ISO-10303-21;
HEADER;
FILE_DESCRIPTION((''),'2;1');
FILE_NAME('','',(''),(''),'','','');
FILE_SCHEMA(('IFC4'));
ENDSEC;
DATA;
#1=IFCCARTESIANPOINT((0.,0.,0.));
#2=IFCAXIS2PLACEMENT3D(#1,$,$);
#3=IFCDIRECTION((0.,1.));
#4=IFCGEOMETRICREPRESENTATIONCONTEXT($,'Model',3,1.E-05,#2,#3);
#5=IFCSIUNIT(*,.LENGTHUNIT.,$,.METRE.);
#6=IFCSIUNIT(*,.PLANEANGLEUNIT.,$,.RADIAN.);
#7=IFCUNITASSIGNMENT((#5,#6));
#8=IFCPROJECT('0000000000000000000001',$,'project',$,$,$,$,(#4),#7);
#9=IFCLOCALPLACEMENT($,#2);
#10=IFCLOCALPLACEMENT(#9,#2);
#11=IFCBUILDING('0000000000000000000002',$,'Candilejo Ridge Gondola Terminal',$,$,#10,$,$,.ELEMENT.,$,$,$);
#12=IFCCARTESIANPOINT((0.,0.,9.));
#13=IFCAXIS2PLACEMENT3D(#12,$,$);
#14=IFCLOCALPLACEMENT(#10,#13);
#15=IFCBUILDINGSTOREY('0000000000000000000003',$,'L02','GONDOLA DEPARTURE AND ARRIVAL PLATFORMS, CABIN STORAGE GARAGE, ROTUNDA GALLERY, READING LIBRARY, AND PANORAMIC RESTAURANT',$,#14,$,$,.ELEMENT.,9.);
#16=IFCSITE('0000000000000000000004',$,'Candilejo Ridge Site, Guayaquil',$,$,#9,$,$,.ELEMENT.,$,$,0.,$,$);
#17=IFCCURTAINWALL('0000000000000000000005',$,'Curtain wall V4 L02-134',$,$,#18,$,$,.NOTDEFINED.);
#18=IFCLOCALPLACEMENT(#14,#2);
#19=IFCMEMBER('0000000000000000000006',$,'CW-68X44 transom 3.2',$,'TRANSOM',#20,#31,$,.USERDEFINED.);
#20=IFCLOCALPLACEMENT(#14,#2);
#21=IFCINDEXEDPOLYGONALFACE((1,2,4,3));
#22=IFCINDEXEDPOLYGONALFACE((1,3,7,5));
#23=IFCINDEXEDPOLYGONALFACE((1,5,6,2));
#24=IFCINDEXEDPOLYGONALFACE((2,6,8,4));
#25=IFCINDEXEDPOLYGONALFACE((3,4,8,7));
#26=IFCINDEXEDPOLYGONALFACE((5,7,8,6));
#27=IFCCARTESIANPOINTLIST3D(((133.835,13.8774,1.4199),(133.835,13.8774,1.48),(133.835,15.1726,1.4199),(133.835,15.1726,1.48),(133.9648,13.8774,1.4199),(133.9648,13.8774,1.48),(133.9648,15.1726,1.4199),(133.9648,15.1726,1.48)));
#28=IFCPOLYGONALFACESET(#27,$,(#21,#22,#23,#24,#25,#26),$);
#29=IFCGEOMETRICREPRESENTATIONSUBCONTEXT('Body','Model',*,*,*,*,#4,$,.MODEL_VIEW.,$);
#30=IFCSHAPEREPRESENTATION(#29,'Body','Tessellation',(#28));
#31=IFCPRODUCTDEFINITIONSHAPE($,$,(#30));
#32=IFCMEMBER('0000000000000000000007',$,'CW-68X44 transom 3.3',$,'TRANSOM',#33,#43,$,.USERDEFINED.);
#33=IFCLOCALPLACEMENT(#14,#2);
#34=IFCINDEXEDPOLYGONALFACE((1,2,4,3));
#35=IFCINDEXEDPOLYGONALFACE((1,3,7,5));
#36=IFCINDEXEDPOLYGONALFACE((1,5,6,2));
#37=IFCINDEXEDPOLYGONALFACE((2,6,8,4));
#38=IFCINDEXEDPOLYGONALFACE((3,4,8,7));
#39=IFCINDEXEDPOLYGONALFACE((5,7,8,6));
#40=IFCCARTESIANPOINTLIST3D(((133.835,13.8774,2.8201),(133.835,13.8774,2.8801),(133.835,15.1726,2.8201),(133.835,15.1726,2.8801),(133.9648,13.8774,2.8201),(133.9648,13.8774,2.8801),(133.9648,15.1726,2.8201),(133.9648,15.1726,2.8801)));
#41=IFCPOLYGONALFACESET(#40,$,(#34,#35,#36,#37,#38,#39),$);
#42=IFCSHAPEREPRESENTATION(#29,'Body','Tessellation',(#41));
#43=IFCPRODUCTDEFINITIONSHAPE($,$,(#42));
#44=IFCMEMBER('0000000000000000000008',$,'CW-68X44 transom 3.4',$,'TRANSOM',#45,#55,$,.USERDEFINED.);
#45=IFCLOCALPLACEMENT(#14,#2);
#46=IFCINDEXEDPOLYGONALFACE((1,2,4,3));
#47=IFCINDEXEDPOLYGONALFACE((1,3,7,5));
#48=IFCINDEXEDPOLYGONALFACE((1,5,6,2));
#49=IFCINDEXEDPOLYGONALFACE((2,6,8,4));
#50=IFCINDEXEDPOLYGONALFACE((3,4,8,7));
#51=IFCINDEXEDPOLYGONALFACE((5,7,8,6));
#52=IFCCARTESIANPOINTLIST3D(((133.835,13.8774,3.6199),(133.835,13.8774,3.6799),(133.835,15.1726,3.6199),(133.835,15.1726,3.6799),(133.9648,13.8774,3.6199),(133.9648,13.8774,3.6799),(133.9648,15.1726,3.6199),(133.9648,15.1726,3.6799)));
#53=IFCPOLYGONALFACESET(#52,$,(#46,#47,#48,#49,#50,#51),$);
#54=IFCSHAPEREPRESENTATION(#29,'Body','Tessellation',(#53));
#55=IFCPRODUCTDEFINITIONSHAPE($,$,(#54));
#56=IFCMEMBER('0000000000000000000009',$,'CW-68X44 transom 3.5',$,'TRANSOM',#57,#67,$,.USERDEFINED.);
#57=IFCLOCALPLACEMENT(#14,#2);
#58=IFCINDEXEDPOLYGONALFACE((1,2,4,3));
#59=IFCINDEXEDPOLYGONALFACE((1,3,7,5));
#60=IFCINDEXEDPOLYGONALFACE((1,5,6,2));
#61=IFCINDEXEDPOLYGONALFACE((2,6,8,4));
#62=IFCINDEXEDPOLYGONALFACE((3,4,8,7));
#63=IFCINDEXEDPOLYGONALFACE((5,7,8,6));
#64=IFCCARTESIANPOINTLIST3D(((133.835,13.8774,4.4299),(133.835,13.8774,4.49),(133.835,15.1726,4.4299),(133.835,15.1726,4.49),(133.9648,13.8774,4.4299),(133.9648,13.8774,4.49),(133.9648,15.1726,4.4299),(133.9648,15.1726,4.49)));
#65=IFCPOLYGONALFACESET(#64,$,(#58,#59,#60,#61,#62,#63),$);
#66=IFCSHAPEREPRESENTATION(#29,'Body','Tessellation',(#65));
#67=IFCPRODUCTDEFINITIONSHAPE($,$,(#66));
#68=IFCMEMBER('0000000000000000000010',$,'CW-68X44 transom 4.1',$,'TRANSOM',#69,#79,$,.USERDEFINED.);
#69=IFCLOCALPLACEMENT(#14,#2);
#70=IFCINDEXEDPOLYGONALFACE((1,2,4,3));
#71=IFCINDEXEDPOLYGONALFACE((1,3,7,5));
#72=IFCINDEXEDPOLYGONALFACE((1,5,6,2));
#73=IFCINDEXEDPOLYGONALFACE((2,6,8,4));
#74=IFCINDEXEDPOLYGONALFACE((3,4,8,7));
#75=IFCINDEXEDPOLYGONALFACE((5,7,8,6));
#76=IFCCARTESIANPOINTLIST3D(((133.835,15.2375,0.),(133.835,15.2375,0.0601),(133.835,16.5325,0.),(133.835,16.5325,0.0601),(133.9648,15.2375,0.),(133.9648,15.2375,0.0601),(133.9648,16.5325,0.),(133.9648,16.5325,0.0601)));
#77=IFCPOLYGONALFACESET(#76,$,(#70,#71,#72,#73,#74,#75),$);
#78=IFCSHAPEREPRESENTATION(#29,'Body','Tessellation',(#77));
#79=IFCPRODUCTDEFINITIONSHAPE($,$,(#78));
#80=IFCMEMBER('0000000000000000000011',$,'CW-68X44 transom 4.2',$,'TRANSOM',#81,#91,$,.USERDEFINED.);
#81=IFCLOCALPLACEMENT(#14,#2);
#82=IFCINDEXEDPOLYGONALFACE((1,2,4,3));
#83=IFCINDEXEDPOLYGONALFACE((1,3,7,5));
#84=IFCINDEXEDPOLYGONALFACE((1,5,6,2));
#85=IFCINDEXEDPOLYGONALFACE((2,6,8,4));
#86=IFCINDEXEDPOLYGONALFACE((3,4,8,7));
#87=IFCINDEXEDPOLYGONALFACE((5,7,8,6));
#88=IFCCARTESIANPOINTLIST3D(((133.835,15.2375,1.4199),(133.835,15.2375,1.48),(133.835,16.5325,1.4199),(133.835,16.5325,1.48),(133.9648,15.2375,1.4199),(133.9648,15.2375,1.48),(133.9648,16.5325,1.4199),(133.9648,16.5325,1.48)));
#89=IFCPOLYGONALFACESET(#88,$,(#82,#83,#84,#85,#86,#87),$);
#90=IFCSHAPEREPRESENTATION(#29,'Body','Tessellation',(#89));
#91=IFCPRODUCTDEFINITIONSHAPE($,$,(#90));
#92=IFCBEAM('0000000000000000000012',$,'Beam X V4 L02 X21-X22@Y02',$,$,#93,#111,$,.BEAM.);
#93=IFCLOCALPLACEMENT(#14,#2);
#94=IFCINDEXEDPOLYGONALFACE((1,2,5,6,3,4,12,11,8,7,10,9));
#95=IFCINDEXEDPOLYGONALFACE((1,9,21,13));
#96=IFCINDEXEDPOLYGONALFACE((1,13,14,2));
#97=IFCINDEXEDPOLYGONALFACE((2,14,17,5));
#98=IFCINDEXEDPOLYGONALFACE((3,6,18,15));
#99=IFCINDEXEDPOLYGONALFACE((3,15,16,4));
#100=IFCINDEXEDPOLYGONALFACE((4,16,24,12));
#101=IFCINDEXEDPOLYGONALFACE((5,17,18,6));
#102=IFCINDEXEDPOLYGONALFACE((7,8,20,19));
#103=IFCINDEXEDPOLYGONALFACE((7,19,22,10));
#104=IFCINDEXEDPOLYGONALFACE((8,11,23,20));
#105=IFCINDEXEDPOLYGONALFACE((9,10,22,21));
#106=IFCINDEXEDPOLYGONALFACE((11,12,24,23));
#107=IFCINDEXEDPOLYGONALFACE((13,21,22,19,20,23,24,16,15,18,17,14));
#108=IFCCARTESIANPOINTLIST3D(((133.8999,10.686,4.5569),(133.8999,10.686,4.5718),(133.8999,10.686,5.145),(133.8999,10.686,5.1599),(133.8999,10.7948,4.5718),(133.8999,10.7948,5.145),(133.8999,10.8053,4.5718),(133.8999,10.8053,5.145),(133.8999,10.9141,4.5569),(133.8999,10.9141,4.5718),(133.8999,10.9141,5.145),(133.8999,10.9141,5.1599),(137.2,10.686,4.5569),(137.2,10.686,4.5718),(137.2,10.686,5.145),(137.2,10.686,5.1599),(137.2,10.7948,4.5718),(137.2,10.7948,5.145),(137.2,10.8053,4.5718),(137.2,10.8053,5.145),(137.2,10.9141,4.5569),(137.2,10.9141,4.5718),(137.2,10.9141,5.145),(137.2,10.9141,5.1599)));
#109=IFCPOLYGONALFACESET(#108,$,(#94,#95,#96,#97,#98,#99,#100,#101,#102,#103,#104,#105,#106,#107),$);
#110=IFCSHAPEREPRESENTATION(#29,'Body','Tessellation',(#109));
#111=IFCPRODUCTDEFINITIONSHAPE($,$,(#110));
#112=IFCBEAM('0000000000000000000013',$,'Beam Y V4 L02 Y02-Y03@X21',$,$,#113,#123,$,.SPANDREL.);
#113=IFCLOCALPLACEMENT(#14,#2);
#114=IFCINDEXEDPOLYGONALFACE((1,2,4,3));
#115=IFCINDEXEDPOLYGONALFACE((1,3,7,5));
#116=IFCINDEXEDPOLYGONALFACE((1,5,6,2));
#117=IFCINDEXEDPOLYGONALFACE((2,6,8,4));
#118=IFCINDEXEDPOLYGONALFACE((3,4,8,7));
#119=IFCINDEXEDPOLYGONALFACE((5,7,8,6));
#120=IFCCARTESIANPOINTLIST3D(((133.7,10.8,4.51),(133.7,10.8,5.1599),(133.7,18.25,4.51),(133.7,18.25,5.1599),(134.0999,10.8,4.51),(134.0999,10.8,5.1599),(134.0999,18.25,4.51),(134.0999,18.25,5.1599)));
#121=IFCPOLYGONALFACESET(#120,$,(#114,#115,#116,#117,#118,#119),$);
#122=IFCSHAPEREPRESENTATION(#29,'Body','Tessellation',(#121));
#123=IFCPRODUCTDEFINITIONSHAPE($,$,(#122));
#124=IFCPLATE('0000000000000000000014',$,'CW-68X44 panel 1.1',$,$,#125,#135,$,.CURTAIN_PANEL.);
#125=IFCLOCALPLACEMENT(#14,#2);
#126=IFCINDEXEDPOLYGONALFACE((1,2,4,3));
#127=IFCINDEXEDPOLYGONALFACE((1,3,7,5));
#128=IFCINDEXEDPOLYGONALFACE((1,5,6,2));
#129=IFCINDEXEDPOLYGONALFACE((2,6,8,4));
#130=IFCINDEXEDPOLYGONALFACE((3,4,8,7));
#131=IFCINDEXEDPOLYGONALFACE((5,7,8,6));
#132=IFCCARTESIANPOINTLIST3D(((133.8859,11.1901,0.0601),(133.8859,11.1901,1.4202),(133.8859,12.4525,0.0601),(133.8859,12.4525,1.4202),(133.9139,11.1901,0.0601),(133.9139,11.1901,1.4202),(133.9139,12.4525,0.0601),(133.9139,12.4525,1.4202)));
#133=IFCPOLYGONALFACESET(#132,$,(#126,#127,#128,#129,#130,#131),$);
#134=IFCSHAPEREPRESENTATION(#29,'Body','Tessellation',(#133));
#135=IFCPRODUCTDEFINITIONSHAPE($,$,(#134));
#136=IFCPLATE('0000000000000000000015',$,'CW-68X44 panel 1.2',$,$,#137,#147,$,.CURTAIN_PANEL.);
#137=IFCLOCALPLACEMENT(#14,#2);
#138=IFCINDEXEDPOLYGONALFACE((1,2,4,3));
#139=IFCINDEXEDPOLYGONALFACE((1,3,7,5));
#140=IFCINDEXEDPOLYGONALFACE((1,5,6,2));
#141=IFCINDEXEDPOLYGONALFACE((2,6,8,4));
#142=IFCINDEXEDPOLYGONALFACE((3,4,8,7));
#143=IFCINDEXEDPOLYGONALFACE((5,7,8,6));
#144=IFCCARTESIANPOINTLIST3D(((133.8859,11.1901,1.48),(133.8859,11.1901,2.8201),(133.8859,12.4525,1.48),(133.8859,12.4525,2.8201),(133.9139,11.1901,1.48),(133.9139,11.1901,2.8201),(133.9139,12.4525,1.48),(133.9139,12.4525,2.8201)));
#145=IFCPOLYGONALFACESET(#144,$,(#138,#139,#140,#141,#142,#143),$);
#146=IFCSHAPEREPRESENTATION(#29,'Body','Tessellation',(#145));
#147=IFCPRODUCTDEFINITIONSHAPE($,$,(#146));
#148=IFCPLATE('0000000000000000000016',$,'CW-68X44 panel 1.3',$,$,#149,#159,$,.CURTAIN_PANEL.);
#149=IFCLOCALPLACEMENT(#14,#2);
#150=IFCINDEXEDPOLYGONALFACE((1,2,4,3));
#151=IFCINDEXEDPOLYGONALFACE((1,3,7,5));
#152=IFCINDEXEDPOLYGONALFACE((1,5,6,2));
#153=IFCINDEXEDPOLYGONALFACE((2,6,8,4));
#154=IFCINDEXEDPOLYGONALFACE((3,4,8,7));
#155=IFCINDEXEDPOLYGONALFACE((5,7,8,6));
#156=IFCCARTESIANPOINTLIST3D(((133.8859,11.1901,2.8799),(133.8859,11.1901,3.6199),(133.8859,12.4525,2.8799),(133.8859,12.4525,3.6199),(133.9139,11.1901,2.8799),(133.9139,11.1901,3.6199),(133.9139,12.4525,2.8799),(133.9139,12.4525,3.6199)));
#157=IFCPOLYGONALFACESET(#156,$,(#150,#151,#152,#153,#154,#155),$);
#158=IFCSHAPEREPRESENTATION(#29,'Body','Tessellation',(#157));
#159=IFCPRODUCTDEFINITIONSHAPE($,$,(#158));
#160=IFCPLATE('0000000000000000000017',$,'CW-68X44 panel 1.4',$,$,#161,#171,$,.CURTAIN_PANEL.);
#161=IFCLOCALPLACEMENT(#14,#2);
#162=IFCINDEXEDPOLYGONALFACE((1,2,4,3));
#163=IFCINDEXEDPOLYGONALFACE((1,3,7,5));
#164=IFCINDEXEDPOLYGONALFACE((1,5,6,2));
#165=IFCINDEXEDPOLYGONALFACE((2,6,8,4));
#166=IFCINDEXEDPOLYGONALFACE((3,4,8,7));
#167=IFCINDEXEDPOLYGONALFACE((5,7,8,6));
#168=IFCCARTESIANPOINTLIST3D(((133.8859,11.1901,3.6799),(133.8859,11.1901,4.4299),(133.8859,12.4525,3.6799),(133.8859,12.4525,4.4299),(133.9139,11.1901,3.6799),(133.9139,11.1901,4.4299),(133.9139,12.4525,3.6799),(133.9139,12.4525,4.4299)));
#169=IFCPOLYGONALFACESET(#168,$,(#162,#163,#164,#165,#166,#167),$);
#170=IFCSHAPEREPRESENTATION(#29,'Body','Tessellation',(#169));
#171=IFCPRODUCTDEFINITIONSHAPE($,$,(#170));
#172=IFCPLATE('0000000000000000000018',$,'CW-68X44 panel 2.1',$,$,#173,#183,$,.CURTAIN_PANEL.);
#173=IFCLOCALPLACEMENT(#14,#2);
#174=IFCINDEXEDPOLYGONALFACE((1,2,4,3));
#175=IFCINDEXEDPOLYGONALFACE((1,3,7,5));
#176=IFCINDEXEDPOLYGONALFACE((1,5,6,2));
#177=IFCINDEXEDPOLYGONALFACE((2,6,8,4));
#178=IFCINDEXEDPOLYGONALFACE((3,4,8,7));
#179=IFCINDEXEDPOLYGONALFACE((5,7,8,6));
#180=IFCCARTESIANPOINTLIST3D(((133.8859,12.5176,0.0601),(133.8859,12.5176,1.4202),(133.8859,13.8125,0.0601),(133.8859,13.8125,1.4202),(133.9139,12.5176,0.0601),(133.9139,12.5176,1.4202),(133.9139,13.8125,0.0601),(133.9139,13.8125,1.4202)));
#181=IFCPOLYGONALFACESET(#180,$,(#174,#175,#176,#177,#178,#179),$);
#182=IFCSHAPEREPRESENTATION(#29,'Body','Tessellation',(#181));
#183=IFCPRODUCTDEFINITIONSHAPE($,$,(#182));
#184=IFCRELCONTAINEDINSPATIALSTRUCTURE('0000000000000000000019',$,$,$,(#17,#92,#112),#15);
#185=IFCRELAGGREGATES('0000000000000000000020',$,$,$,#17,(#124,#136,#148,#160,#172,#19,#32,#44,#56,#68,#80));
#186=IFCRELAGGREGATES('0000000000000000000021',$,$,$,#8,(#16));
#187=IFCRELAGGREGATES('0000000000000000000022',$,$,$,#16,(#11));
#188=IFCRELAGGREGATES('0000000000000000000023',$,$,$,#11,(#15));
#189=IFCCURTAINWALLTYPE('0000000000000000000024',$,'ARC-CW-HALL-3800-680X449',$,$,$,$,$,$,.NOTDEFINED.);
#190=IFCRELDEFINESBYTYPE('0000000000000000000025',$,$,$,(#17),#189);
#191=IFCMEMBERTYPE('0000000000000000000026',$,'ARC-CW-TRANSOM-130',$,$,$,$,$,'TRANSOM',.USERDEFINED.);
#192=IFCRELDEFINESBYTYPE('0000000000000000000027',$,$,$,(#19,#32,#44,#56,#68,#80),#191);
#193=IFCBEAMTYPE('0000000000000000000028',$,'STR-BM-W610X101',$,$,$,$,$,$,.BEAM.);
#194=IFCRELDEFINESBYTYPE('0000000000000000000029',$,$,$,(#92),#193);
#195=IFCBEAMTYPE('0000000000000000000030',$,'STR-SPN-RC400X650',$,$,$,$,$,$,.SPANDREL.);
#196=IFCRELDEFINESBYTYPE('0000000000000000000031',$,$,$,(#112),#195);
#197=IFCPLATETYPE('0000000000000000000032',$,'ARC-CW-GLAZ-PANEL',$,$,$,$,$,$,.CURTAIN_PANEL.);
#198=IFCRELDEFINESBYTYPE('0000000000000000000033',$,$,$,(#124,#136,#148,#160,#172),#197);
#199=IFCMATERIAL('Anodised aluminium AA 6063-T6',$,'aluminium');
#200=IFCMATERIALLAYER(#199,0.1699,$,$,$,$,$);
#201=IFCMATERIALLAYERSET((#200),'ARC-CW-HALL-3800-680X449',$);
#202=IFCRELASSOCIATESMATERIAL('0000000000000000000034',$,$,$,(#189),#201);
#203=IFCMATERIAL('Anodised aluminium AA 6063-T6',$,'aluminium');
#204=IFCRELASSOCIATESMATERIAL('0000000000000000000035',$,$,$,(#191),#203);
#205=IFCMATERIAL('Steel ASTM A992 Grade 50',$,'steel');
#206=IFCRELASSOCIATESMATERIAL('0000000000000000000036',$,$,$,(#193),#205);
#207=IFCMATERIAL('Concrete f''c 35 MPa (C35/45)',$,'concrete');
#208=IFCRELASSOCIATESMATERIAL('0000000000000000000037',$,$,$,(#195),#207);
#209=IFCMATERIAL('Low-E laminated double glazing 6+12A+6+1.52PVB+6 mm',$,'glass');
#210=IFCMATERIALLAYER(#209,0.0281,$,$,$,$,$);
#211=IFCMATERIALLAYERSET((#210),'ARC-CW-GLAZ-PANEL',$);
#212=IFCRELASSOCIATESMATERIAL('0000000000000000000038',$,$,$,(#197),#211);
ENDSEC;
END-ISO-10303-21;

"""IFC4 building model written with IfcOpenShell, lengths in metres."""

from ifc_helpers import new_model, si_unit, direction, frame, origin, origin_2d, place, context, subcontext, project, spatial, rectangle, i_section, extrude, material, layer, layer_set, material_profile, profile_set, type_object, element, aggregate, save


model = new_model("IFC4")

# Units and contexts
model_context = context("Model", 3, precision=1e-05, world=origin(), true_north=direction((0.0, 1.0)))
body_context = subcontext(model_context, "Body", "Model", "MODEL_VIEW")
ifc_project = project(units=[si_unit("LENGTHUNIT", "METRE"), si_unit("PLANEANGLEUNIT", "RADIAN")], contexts=[model_context])

# Site, building, storey
site_placement = place(None, origin())
site = spatial("IfcSite", under=ifc_project, at=site_placement, Name="Candilejo Ridge Site, Guayaquil", CompositionType="ELEMENT", RefElevation=0.0)
building_placement = place(site_placement, origin())
building = spatial("IfcBuilding", under=site, at=building_placement, Name="Candilejo Ridge Gondola Terminal", CompositionType="ELEMENT")
storey_placement = place(building_placement, frame((0.0, 0.0, 9.0)))
storey = spatial("IfcBuildingStorey", under=building, at=storey_placement, Name="L02", Description="GONDOLA DEPARTURE AND ARRIVAL PLATFORMS, CABIN STORAGE GARAGE, ROTUNDA GALLERY, READING LIBRARY, AND PANORAMIC RESTAURANT", CompositionType="ELEMENT", Elevation=9.0)

# Curtain wall, members
ifc_material_1 = material(Name="Anodised aluminium AA 6063-T6", Category="aluminium")
ifc_layer_1 = layer(ifc_material_1, 0.1699)
ifc_layer_set_1 = layer_set([ifc_layer_1], Name="ARC-CW-HALL-3800-680X449")
curtain_wall_type = type_object("IfcCurtainWallType", Name="ARC-CW-HALL-3800-680X449", PredefinedType="NOTDEFINED", material=ifc_layer_set_1)
curtain_wall_placement = place(storey_placement, origin())
curtain_wall = element("IfcCurtainWall", 1, at=curtain_wall_placement, inside=storey, type_object=curtain_wall_type, Name="Curtain wall V4 L02-134", PredefinedType="NOTDEFINED")
ifc_material_2 = material(Name="Anodised aluminium AA 6063-T6", Category="aluminium")
ifc_material_profile_1 = material_profile(ifc_material_2, rectangle(XDim=0.1299, YDim=0.0601, at=origin_2d()))
ifc_profile_set_1 = profile_set([ifc_material_profile_1], Name="Anodised aluminium AA 6063-T6")
member_type_1 = type_object("IfcMemberType", Name="ARC-CW-TRANSOM-130", ElementType="TRANSOM", PredefinedType="USERDEFINED", material=ifc_profile_set_1)
member_1_placement = place(storey_placement, frame((133.8999, 13.8774, 1.45), z_axis=(0.0, 1.0, 0.0), x_axis=(-1.0, 0.0, 0.0)))
member_1 = element("IfcMember", 2, at=member_1_placement, type_object=member_type_1, Name="CW-68X44 transom 3.2", ObjectType="TRANSOM", PredefinedType="USERDEFINED", context=body_context, shape_type="SweptSolid", body=[
    extrude(rectangle(XDim=0.1299, YDim=0.0601, at=origin_2d()), origin(), (0.0, 0.0, 1.0), 1.2952),
])
member_2_placement = place(storey_placement, frame((133.8999, 13.8774, 2.8501), z_axis=(0.0, 1.0, 0.0), x_axis=(-1.0, 0.0, 0.0)))
member_2 = element("IfcMember", 3, at=member_2_placement, type_object=member_type_1, Name="CW-68X44 transom 3.3", ObjectType="TRANSOM", PredefinedType="USERDEFINED", context=body_context, shape_type="SweptSolid", body=[
    extrude(rectangle(XDim=0.1299, YDim=0.0601, at=origin_2d()), origin(), (0.0, 0.0, 1.0), 1.2952),
])
member_3_placement = place(storey_placement, frame((133.8999, 13.8774, 3.6499), z_axis=(0.0, 1.0, 0.0), x_axis=(-1.0, 0.0, 0.0)))
member_3 = element("IfcMember", 4, at=member_3_placement, type_object=member_type_1, Name="CW-68X44 transom 3.4", ObjectType="TRANSOM", PredefinedType="USERDEFINED", context=body_context, shape_type="SweptSolid", body=[
    extrude(rectangle(XDim=0.1299, YDim=0.0601, at=origin_2d()), origin(), (0.0, 0.0, 1.0), 1.2952),
])
member_4_placement = place(storey_placement, frame((133.8999, 13.8774, 4.46), z_axis=(0.0, 1.0, 0.0), x_axis=(-1.0, 0.0, 0.0)))
member_4 = element("IfcMember", 5, at=member_4_placement, type_object=member_type_1, Name="CW-68X44 transom 3.5", ObjectType="TRANSOM", PredefinedType="USERDEFINED", context=body_context, shape_type="SweptSolid", body=[
    extrude(rectangle(XDim=0.1299, YDim=0.0601, at=origin_2d()), origin(), (0.0, 0.0, 1.0), 1.2952),
])
member_5_placement = place(storey_placement, frame((133.8999, 15.2375, 0.03), z_axis=(0.0, 1.0, 0.0), x_axis=(-1.0, 0.0, 0.0)))
member_5 = element("IfcMember", 6, at=member_5_placement, type_object=member_type_1, Name="CW-68X44 transom 4.1", ObjectType="TRANSOM", PredefinedType="USERDEFINED", context=body_context, shape_type="SweptSolid", body=[
    extrude(rectangle(XDim=0.1299, YDim=0.0601, at=origin_2d()), origin(), (0.0, 0.0, 1.0), 1.2949),
])
member_6_placement = place(storey_placement, frame((133.8999, 15.2375, 1.45), z_axis=(0.0, 1.0, 0.0), x_axis=(-1.0, 0.0, 0.0)))
member_6 = element("IfcMember", 7, at=member_6_placement, type_object=member_type_1, Name="CW-68X44 transom 4.2", ObjectType="TRANSOM", PredefinedType="USERDEFINED", context=body_context, shape_type="SweptSolid", body=[
    extrude(rectangle(XDim=0.1299, YDim=0.0601, at=origin_2d()), origin(), (0.0, 0.0, 1.0), 1.2949),
])

# Beams
ifc_material_3 = material(Name="Steel ASTM A992 Grade 50", Category="steel")
ifc_material_profile_2 = material_profile(ifc_material_3, i_section(OverallWidth=0.228, OverallDepth=0.603, WebThickness=0.0105, FlangeThickness=0.0149, at=origin_2d()))
ifc_profile_set_2 = profile_set([ifc_material_profile_2], Name="Steel ASTM A992 Grade 50")
beam_type_1 = type_object("IfcBeamType", Name="STR-BM-W610X101", PredefinedType="BEAM", material=ifc_profile_set_2)
beam_1_placement = place(storey_placement, frame((133.8999, 10.8, 4.8584), z_axis=(1.0, 0.0, 0.0), x_axis=(0.0, 1.0, 0.0)))
element("IfcBeam", 8, at=beam_1_placement, inside=storey, type_object=beam_type_1, Name="Beam X V4 L02 X21-X22@Y02", PredefinedType="BEAM", context=body_context, shape_type="SweptSolid", body=[
    extrude(i_section(OverallWidth=0.228, OverallDepth=0.603, WebThickness=0.0105, FlangeThickness=0.0149, at=origin_2d()), origin(), (0.0, 0.0, 1.0), 3.3),
])
ifc_material_4 = material(Name="Concrete f'c 35 MPa (C35/45)", Category="concrete")
ifc_material_profile_3 = material_profile(ifc_material_4, rectangle(XDim=0.3999, YDim=0.6499, at=origin_2d()))
ifc_profile_set_3 = profile_set([ifc_material_profile_3], Name="Concrete f'c 35 MPa (C35/45)")
beam_type_2 = type_object("IfcBeamType", Name="STR-SPN-RC400X650", PredefinedType="SPANDREL", material=ifc_profile_set_3)
beam_2_placement = place(storey_placement, frame((133.8999, 10.8, 4.835), z_axis=(0.0, 1.0, 0.0), x_axis=(-1.0, 0.0, 0.0)))
element("IfcBeam", 9, at=beam_2_placement, inside=storey, type_object=beam_type_2, Name="Beam Y V4 L02 Y02-Y03@X21", PredefinedType="SPANDREL", context=body_context, shape_type="SweptSolid", body=[
    extrude(rectangle(XDim=0.3999, YDim=0.6499, at=origin_2d()), origin(), (0.0, 0.0, 1.0), 7.45),
])

# Plates
ifc_material_5 = material(Name="Low-E laminated double glazing 6+12A+6+1.52PVB+6 mm", Category="glass")
ifc_layer_2 = layer(ifc_material_5, 0.0281)
ifc_layer_set_2 = layer_set([ifc_layer_2], Name="ARC-CW-GLAZ-PANEL")
plate_type = type_object("IfcPlateType", Name="ARC-CW-GLAZ-PANEL", PredefinedType="CURTAIN_PANEL", material=ifc_layer_set_2)
plate_1_placement = place(storey_placement, frame((133.8999, 11.8213, 0.0601), z_axis=(0.0, 0.0, 1.0), x_axis=(0.0, 1.0, 0.0)))
plate_1 = element("IfcPlate", 10, at=plate_1_placement, type_object=plate_type, Name="CW-68X44 panel 1.1", PredefinedType="CURTAIN_PANEL", context=body_context, shape_type="SweptSolid", body=[
    extrude(rectangle(XDim=1.2625, YDim=0.0281, at=origin_2d()), origin(), (0.0, 0.0, 1.0), 1.3601),
])
plate_2_placement = place(storey_placement, frame((133.8999, 11.8213, 1.48), z_axis=(0.0, 0.0, 1.0), x_axis=(0.0, 1.0, 0.0)))
plate_2 = element("IfcPlate", 11, at=plate_2_placement, type_object=plate_type, Name="CW-68X44 panel 1.2", PredefinedType="CURTAIN_PANEL", context=body_context, shape_type="SweptSolid", body=[
    extrude(rectangle(XDim=1.2625, YDim=0.0281, at=origin_2d()), origin(), (0.0, 0.0, 1.0), 1.3401),
])
plate_3_placement = place(storey_placement, frame((133.8999, 11.8213, 2.8799), z_axis=(0.0, 0.0, 1.0), x_axis=(0.0, 1.0, 0.0)))
plate_3 = element("IfcPlate", 12, at=plate_3_placement, type_object=plate_type, Name="CW-68X44 panel 1.3", PredefinedType="CURTAIN_PANEL", context=body_context, shape_type="SweptSolid", body=[
    extrude(rectangle(XDim=1.2625, YDim=0.0281, at=origin_2d()), origin(), (0.0, 0.0, 1.0), 0.74),
])
plate_4_placement = place(storey_placement, frame((133.8999, 11.8213, 3.6799), z_axis=(0.0, 0.0, 1.0), x_axis=(0.0, 1.0, 0.0)))
plate_4 = element("IfcPlate", 13, at=plate_4_placement, type_object=plate_type, Name="CW-68X44 panel 1.4", PredefinedType="CURTAIN_PANEL", context=body_context, shape_type="SweptSolid", body=[
    extrude(rectangle(XDim=1.2625, YDim=0.0281, at=origin_2d()), origin(), (0.0, 0.0, 1.0), 0.75),
])
plate_5_placement = place(storey_placement, frame((133.8999, 13.165, 0.0601), z_axis=(0.0, 0.0, 1.0), x_axis=(0.0, 1.0, 0.0)))
plate_5 = element("IfcPlate", 14, at=plate_5_placement, type_object=plate_type, Name="CW-68X44 panel 2.1", PredefinedType="CURTAIN_PANEL", context=body_context, shape_type="SweptSolid", body=[
    extrude(rectangle(XDim=1.2949, YDim=0.0281, at=origin_2d()), origin(), (0.0, 0.0, 1.0), 1.3601),
])
aggregate(curtain_wall, [plate_1, plate_2, plate_3, plate_4, plate_5, member_1, member_2, member_3, member_4, member_5, member_6])

save(model, "model.ifc")
